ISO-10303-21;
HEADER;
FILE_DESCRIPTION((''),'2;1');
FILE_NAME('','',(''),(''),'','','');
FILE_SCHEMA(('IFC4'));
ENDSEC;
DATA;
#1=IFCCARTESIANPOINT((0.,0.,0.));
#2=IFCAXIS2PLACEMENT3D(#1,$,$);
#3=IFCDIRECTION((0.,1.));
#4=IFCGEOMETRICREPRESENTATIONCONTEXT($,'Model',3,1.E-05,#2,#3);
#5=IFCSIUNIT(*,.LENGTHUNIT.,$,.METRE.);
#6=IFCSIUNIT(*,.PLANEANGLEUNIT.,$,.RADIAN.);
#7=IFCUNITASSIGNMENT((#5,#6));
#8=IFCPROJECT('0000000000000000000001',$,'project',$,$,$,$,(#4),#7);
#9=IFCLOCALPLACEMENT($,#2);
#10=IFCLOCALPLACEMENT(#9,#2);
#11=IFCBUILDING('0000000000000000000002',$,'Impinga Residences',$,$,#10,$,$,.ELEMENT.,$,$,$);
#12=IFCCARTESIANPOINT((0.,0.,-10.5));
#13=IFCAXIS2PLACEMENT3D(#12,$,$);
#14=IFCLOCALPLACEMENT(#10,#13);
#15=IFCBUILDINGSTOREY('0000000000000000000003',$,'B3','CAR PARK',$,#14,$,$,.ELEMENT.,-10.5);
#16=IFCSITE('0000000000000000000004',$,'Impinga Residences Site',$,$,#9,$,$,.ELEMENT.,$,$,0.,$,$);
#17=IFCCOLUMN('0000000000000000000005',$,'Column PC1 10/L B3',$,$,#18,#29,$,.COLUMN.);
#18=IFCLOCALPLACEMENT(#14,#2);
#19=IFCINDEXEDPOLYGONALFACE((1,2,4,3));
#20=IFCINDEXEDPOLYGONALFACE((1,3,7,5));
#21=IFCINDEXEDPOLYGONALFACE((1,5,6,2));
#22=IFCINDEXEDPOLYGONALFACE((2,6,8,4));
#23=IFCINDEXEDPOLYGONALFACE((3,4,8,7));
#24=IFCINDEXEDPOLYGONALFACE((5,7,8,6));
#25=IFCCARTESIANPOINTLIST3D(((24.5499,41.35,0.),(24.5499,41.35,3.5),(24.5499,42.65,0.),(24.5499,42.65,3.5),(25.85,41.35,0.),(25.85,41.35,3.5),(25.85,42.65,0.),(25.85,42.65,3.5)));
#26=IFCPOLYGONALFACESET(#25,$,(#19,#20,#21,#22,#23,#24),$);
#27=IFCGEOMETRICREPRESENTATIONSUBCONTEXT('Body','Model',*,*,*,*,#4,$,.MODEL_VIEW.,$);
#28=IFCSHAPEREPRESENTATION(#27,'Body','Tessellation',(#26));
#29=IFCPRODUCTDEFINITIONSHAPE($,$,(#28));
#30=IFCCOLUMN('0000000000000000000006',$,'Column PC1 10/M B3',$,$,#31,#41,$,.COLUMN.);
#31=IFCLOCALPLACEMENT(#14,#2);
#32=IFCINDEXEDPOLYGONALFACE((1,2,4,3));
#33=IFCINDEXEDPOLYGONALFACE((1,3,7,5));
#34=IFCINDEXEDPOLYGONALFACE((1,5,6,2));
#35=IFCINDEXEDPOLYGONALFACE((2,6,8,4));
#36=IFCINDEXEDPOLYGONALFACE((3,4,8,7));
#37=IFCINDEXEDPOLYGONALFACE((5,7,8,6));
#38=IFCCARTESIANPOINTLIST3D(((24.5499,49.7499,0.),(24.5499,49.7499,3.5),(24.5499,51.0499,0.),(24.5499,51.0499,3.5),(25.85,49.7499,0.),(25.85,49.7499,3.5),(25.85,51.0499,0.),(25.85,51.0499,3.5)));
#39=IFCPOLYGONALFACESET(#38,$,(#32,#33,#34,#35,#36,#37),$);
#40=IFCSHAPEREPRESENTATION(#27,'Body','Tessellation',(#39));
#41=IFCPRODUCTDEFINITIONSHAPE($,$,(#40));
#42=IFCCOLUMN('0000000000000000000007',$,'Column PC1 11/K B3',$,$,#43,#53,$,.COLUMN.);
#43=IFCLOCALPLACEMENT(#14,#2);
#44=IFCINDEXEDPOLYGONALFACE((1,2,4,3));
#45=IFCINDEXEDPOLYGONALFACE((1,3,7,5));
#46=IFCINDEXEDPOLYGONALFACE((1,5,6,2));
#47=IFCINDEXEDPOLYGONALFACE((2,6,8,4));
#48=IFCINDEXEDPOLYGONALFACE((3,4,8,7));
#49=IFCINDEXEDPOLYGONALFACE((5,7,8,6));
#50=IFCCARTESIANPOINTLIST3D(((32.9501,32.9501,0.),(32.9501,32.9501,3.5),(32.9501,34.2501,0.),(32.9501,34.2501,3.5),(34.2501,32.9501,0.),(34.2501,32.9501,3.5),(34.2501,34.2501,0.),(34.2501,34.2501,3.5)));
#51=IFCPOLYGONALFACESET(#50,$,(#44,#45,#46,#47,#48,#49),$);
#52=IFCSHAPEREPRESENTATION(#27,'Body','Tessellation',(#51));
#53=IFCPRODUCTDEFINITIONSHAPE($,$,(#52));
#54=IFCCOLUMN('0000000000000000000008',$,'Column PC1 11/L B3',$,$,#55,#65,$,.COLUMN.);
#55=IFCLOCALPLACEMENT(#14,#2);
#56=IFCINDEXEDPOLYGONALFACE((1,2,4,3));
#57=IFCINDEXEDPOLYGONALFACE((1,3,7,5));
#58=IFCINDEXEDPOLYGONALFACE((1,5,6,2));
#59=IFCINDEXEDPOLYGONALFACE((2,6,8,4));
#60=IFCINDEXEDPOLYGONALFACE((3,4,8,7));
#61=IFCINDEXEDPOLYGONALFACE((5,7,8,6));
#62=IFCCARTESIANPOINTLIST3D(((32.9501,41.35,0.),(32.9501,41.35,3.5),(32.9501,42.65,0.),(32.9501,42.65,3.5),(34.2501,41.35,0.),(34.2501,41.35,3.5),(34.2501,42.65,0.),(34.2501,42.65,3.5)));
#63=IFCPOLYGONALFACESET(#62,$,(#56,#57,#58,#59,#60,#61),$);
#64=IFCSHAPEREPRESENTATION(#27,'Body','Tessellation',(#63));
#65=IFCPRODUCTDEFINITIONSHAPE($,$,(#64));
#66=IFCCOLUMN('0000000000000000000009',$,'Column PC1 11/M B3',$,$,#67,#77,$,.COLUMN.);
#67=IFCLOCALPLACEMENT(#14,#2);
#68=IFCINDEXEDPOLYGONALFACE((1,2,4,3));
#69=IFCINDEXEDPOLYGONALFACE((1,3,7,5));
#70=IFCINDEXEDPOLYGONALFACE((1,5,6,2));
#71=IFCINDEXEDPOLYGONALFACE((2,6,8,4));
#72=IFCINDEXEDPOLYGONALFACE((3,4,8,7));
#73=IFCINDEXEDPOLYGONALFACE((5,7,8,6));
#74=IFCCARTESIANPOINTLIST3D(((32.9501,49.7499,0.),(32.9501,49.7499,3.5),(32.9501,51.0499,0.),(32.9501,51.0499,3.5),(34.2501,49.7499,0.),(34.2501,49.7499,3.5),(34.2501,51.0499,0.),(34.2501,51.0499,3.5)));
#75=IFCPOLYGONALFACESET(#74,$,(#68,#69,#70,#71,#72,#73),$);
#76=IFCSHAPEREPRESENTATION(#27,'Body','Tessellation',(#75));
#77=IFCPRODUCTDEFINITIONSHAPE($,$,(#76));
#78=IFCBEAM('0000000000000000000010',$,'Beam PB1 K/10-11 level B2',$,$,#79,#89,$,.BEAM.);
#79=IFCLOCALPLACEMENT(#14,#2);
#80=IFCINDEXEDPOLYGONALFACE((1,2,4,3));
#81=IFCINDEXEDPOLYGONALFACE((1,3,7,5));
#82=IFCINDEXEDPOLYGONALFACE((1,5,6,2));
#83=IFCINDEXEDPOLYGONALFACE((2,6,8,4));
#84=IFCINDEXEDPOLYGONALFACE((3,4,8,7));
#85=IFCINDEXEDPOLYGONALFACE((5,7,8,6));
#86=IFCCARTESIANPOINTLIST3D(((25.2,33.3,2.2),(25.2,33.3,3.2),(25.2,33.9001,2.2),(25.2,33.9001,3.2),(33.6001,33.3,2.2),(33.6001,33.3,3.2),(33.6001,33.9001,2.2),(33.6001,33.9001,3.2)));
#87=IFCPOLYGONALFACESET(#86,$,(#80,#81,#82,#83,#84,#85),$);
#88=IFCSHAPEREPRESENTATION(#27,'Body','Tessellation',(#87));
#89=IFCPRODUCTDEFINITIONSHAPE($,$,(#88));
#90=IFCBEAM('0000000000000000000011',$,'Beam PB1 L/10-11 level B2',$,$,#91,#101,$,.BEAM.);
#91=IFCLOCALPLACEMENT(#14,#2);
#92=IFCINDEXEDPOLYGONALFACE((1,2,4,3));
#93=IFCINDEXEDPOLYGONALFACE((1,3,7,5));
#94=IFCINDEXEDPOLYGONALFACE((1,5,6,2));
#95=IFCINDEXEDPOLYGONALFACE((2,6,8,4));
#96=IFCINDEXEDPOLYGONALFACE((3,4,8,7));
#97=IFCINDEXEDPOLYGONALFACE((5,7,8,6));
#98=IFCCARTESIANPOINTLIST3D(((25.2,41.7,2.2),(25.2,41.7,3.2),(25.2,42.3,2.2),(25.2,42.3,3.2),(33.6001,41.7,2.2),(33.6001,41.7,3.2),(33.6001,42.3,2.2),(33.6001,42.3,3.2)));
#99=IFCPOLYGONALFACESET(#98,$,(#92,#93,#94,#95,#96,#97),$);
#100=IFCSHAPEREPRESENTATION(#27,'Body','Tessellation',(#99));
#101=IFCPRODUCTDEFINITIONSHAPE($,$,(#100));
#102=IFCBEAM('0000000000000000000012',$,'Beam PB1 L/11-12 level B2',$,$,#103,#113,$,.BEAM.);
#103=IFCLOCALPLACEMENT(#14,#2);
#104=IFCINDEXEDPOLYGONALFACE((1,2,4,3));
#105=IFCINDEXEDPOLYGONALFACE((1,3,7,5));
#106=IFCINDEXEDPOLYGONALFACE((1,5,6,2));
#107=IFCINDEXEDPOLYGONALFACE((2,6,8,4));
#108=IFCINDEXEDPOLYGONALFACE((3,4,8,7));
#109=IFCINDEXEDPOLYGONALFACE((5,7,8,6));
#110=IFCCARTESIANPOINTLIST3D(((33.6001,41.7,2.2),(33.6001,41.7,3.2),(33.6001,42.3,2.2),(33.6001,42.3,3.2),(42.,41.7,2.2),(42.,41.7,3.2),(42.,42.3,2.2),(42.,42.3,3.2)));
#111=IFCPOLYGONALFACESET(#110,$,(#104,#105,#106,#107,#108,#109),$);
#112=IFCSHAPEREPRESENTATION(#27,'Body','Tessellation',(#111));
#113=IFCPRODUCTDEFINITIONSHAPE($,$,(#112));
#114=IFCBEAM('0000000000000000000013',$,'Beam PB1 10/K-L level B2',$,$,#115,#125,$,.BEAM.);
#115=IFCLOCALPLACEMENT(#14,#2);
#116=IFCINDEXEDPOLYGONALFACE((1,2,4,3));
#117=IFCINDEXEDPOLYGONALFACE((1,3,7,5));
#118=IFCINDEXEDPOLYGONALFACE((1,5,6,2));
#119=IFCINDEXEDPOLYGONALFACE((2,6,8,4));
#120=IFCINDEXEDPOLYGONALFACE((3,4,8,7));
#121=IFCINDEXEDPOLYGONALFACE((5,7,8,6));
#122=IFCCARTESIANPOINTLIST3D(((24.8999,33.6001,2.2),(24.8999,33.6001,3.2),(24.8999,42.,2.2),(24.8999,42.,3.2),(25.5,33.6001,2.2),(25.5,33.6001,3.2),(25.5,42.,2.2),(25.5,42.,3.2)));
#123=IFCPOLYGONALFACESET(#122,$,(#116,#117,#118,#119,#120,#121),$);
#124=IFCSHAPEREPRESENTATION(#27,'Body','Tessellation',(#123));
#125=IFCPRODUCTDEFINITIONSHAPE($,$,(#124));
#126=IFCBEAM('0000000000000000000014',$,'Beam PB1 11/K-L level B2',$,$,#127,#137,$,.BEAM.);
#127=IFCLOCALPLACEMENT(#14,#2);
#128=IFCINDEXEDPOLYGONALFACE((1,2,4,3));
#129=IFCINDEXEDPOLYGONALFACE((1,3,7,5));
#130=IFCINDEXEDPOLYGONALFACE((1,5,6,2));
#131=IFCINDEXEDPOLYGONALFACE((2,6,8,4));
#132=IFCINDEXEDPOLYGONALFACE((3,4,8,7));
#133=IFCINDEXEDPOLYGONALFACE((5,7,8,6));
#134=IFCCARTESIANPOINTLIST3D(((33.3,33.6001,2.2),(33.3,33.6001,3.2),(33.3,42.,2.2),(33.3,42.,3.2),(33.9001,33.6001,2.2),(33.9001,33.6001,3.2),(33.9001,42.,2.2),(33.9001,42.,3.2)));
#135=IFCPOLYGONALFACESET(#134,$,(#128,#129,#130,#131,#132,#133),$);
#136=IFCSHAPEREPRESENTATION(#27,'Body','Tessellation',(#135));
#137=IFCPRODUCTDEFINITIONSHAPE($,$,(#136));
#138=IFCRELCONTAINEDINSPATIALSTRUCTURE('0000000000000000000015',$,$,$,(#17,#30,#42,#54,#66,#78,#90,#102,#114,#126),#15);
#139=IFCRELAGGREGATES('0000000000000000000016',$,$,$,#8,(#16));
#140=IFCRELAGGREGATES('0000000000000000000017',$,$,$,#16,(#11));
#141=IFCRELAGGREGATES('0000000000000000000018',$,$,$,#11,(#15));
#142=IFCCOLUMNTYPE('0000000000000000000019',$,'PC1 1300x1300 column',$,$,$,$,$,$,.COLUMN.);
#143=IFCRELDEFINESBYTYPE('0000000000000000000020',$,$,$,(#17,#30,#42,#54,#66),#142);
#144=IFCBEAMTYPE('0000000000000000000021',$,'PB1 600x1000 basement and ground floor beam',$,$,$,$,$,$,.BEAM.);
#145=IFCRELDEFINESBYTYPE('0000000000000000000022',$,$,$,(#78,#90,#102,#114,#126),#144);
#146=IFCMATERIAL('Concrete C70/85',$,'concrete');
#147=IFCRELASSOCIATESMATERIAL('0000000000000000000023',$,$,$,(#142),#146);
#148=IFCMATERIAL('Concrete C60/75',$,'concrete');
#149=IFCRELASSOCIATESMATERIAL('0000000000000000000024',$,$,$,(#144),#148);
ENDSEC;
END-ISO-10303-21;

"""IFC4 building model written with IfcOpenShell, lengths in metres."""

from ifc_helpers import new_model, si_unit, direction, frame, origin, origin_2d, place, context, subcontext, project, spatial, rectangle, extrude, material, material_profile, profile_set, type_object, element, save


model = new_model("IFC4")

# Units and contexts
model_context = context("Model", 3, precision=1e-05, world=origin(), true_north=direction((0.0, 1.0)))
body_context = subcontext(model_context, "Body", "Model", "MODEL_VIEW")
ifc_project = project(units=[si_unit("LENGTHUNIT", "METRE"), si_unit("PLANEANGLEUNIT", "RADIAN")], contexts=[model_context])

# Site, building, storey
site_placement = place(None, origin())
site = spatial("IfcSite", under=ifc_project, at=site_placement, Name="Impinga Residences Site", CompositionType="ELEMENT", RefElevation=0.0)
building_placement = place(site_placement, origin())
building = spatial("IfcBuilding", under=site, at=building_placement, Name="Impinga Residences", CompositionType="ELEMENT")
storey_placement = place(building_placement, frame((0.0, 0.0, -10.5)))
storey = spatial("IfcBuildingStorey", under=building, at=storey_placement, Name="B3", Description="CAR PARK", CompositionType="ELEMENT", Elevation=-10.5)

# Columns
ifc_material_1 = material(Name="Concrete C70/85", Category="concrete")
ifc_material_profile_1 = material_profile(ifc_material_1, rectangle(XDim=1.3, YDim=1.3, at=origin_2d()), Name="RC 1300x1300")
ifc_profile_set_1 = profile_set([ifc_material_profile_1], Name="Concrete C70/85")
column_type = type_object("IfcColumnType", Name="PC1 1300x1300 column", PredefinedType="COLUMN", material=ifc_profile_set_1)
for number, where, z_axis, x_axis, name in (
    (1, (25.2, 42.0, 0.0), (0.0, 0.0, 1.0), (1.0, 0.0, 0.0), "Column PC1 10/L B3"),
    (2, (25.2, 50.3999, 0.0), (0.0, 0.0, 1.0), (1.0, 0.0, 0.0), "Column PC1 10/M B3"),
    (3, (33.6001, 33.6001, 0.0), (0.0, 0.0, 1.0), (1.0, 0.0, 0.0), "Column PC1 11/K B3"),
    (4, (33.6001, 42.0, 0.0), (0.0, 0.0, 1.0), (1.0, 0.0, 0.0), "Column PC1 11/L B3"),
    (5, (33.6001, 50.3999, 0.0), (0.0, 0.0, 1.0), (1.0, 0.0, 0.0), "Column PC1 11/M B3"),
):
    element("IfcColumn", number, at=place(storey_placement, frame(where, z_axis=z_axis, x_axis=x_axis)), inside=storey, type_object=column_type, Name=name, PredefinedType="COLUMN", context=body_context, shape_type="SweptSolid", body=[
        extrude(rectangle(XDim=1.3, YDim=1.3, at=origin_2d()), origin(), (0.0, 0.0, 1.0), 3.5),
    ])

# Beams
ifc_material_2 = material(Name="Concrete C60/75", Category="concrete")
ifc_material_profile_2 = material_profile(ifc_material_2, rectangle(XDim=0.6001, YDim=1.0, at=origin_2d()), Name="RC 600x1000")
ifc_profile_set_2 = profile_set([ifc_material_profile_2], Name="Concrete C60/75")
beam_type = type_object("IfcBeamType", Name="PB1 600x1000 basement and ground floor beam", PredefinedType="BEAM", material=ifc_profile_set_2)
for number, where, z_axis, x_axis, name in (
    (6, (25.2, 33.6001, 2.7), (1.0, 0.0, 0.0), (0.0, 1.0, 0.0), "Beam PB1 K/10-11 level B2"),
    (7, (25.2, 42.0, 2.7), (1.0, 0.0, 0.0), (0.0, 1.0, 0.0), "Beam PB1 L/10-11 level B2"),
):
    element("IfcBeam", number, at=place(storey_placement, frame(where, z_axis=z_axis, x_axis=x_axis)), inside=storey, type_object=beam_type, Name=name, PredefinedType="BEAM", context=body_context, shape_type="SweptSolid", body=[
        extrude(rectangle(XDim=0.6001, YDim=1.0, at=origin_2d()), origin(), (0.0, 0.0, 1.0), 8.4001),
    ])
for number, where, z_axis, x_axis, name in (
    (8, (33.6001, 42.0, 2.7), (1.0, 0.0, 0.0), (0.0, 1.0, 0.0), "Beam PB1 L/11-12 level B2"),
    (9, (25.2, 33.6001, 2.7), (0.0, 1.0, 0.0), (-1.0, 0.0, 0.0), "Beam PB1 10/K-L level B2"),
    (10, (33.6001, 33.6001, 2.7), (0.0, 1.0, 0.0), (-1.0, 0.0, 0.0), "Beam PB1 11/K-L level B2"),
):
    element("IfcBeam", number, at=place(storey_placement, frame(where, z_axis=z_axis, x_axis=x_axis)), inside=storey, type_object=beam_type, Name=name, PredefinedType="BEAM", context=body_context, shape_type="SweptSolid", body=[
        extrude(rectangle(XDim=0.6001, YDim=1.0, at=origin_2d()), origin(), (0.0, 0.0, 1.0), 8.3999),
    ])

save(model, "model.ifc")
